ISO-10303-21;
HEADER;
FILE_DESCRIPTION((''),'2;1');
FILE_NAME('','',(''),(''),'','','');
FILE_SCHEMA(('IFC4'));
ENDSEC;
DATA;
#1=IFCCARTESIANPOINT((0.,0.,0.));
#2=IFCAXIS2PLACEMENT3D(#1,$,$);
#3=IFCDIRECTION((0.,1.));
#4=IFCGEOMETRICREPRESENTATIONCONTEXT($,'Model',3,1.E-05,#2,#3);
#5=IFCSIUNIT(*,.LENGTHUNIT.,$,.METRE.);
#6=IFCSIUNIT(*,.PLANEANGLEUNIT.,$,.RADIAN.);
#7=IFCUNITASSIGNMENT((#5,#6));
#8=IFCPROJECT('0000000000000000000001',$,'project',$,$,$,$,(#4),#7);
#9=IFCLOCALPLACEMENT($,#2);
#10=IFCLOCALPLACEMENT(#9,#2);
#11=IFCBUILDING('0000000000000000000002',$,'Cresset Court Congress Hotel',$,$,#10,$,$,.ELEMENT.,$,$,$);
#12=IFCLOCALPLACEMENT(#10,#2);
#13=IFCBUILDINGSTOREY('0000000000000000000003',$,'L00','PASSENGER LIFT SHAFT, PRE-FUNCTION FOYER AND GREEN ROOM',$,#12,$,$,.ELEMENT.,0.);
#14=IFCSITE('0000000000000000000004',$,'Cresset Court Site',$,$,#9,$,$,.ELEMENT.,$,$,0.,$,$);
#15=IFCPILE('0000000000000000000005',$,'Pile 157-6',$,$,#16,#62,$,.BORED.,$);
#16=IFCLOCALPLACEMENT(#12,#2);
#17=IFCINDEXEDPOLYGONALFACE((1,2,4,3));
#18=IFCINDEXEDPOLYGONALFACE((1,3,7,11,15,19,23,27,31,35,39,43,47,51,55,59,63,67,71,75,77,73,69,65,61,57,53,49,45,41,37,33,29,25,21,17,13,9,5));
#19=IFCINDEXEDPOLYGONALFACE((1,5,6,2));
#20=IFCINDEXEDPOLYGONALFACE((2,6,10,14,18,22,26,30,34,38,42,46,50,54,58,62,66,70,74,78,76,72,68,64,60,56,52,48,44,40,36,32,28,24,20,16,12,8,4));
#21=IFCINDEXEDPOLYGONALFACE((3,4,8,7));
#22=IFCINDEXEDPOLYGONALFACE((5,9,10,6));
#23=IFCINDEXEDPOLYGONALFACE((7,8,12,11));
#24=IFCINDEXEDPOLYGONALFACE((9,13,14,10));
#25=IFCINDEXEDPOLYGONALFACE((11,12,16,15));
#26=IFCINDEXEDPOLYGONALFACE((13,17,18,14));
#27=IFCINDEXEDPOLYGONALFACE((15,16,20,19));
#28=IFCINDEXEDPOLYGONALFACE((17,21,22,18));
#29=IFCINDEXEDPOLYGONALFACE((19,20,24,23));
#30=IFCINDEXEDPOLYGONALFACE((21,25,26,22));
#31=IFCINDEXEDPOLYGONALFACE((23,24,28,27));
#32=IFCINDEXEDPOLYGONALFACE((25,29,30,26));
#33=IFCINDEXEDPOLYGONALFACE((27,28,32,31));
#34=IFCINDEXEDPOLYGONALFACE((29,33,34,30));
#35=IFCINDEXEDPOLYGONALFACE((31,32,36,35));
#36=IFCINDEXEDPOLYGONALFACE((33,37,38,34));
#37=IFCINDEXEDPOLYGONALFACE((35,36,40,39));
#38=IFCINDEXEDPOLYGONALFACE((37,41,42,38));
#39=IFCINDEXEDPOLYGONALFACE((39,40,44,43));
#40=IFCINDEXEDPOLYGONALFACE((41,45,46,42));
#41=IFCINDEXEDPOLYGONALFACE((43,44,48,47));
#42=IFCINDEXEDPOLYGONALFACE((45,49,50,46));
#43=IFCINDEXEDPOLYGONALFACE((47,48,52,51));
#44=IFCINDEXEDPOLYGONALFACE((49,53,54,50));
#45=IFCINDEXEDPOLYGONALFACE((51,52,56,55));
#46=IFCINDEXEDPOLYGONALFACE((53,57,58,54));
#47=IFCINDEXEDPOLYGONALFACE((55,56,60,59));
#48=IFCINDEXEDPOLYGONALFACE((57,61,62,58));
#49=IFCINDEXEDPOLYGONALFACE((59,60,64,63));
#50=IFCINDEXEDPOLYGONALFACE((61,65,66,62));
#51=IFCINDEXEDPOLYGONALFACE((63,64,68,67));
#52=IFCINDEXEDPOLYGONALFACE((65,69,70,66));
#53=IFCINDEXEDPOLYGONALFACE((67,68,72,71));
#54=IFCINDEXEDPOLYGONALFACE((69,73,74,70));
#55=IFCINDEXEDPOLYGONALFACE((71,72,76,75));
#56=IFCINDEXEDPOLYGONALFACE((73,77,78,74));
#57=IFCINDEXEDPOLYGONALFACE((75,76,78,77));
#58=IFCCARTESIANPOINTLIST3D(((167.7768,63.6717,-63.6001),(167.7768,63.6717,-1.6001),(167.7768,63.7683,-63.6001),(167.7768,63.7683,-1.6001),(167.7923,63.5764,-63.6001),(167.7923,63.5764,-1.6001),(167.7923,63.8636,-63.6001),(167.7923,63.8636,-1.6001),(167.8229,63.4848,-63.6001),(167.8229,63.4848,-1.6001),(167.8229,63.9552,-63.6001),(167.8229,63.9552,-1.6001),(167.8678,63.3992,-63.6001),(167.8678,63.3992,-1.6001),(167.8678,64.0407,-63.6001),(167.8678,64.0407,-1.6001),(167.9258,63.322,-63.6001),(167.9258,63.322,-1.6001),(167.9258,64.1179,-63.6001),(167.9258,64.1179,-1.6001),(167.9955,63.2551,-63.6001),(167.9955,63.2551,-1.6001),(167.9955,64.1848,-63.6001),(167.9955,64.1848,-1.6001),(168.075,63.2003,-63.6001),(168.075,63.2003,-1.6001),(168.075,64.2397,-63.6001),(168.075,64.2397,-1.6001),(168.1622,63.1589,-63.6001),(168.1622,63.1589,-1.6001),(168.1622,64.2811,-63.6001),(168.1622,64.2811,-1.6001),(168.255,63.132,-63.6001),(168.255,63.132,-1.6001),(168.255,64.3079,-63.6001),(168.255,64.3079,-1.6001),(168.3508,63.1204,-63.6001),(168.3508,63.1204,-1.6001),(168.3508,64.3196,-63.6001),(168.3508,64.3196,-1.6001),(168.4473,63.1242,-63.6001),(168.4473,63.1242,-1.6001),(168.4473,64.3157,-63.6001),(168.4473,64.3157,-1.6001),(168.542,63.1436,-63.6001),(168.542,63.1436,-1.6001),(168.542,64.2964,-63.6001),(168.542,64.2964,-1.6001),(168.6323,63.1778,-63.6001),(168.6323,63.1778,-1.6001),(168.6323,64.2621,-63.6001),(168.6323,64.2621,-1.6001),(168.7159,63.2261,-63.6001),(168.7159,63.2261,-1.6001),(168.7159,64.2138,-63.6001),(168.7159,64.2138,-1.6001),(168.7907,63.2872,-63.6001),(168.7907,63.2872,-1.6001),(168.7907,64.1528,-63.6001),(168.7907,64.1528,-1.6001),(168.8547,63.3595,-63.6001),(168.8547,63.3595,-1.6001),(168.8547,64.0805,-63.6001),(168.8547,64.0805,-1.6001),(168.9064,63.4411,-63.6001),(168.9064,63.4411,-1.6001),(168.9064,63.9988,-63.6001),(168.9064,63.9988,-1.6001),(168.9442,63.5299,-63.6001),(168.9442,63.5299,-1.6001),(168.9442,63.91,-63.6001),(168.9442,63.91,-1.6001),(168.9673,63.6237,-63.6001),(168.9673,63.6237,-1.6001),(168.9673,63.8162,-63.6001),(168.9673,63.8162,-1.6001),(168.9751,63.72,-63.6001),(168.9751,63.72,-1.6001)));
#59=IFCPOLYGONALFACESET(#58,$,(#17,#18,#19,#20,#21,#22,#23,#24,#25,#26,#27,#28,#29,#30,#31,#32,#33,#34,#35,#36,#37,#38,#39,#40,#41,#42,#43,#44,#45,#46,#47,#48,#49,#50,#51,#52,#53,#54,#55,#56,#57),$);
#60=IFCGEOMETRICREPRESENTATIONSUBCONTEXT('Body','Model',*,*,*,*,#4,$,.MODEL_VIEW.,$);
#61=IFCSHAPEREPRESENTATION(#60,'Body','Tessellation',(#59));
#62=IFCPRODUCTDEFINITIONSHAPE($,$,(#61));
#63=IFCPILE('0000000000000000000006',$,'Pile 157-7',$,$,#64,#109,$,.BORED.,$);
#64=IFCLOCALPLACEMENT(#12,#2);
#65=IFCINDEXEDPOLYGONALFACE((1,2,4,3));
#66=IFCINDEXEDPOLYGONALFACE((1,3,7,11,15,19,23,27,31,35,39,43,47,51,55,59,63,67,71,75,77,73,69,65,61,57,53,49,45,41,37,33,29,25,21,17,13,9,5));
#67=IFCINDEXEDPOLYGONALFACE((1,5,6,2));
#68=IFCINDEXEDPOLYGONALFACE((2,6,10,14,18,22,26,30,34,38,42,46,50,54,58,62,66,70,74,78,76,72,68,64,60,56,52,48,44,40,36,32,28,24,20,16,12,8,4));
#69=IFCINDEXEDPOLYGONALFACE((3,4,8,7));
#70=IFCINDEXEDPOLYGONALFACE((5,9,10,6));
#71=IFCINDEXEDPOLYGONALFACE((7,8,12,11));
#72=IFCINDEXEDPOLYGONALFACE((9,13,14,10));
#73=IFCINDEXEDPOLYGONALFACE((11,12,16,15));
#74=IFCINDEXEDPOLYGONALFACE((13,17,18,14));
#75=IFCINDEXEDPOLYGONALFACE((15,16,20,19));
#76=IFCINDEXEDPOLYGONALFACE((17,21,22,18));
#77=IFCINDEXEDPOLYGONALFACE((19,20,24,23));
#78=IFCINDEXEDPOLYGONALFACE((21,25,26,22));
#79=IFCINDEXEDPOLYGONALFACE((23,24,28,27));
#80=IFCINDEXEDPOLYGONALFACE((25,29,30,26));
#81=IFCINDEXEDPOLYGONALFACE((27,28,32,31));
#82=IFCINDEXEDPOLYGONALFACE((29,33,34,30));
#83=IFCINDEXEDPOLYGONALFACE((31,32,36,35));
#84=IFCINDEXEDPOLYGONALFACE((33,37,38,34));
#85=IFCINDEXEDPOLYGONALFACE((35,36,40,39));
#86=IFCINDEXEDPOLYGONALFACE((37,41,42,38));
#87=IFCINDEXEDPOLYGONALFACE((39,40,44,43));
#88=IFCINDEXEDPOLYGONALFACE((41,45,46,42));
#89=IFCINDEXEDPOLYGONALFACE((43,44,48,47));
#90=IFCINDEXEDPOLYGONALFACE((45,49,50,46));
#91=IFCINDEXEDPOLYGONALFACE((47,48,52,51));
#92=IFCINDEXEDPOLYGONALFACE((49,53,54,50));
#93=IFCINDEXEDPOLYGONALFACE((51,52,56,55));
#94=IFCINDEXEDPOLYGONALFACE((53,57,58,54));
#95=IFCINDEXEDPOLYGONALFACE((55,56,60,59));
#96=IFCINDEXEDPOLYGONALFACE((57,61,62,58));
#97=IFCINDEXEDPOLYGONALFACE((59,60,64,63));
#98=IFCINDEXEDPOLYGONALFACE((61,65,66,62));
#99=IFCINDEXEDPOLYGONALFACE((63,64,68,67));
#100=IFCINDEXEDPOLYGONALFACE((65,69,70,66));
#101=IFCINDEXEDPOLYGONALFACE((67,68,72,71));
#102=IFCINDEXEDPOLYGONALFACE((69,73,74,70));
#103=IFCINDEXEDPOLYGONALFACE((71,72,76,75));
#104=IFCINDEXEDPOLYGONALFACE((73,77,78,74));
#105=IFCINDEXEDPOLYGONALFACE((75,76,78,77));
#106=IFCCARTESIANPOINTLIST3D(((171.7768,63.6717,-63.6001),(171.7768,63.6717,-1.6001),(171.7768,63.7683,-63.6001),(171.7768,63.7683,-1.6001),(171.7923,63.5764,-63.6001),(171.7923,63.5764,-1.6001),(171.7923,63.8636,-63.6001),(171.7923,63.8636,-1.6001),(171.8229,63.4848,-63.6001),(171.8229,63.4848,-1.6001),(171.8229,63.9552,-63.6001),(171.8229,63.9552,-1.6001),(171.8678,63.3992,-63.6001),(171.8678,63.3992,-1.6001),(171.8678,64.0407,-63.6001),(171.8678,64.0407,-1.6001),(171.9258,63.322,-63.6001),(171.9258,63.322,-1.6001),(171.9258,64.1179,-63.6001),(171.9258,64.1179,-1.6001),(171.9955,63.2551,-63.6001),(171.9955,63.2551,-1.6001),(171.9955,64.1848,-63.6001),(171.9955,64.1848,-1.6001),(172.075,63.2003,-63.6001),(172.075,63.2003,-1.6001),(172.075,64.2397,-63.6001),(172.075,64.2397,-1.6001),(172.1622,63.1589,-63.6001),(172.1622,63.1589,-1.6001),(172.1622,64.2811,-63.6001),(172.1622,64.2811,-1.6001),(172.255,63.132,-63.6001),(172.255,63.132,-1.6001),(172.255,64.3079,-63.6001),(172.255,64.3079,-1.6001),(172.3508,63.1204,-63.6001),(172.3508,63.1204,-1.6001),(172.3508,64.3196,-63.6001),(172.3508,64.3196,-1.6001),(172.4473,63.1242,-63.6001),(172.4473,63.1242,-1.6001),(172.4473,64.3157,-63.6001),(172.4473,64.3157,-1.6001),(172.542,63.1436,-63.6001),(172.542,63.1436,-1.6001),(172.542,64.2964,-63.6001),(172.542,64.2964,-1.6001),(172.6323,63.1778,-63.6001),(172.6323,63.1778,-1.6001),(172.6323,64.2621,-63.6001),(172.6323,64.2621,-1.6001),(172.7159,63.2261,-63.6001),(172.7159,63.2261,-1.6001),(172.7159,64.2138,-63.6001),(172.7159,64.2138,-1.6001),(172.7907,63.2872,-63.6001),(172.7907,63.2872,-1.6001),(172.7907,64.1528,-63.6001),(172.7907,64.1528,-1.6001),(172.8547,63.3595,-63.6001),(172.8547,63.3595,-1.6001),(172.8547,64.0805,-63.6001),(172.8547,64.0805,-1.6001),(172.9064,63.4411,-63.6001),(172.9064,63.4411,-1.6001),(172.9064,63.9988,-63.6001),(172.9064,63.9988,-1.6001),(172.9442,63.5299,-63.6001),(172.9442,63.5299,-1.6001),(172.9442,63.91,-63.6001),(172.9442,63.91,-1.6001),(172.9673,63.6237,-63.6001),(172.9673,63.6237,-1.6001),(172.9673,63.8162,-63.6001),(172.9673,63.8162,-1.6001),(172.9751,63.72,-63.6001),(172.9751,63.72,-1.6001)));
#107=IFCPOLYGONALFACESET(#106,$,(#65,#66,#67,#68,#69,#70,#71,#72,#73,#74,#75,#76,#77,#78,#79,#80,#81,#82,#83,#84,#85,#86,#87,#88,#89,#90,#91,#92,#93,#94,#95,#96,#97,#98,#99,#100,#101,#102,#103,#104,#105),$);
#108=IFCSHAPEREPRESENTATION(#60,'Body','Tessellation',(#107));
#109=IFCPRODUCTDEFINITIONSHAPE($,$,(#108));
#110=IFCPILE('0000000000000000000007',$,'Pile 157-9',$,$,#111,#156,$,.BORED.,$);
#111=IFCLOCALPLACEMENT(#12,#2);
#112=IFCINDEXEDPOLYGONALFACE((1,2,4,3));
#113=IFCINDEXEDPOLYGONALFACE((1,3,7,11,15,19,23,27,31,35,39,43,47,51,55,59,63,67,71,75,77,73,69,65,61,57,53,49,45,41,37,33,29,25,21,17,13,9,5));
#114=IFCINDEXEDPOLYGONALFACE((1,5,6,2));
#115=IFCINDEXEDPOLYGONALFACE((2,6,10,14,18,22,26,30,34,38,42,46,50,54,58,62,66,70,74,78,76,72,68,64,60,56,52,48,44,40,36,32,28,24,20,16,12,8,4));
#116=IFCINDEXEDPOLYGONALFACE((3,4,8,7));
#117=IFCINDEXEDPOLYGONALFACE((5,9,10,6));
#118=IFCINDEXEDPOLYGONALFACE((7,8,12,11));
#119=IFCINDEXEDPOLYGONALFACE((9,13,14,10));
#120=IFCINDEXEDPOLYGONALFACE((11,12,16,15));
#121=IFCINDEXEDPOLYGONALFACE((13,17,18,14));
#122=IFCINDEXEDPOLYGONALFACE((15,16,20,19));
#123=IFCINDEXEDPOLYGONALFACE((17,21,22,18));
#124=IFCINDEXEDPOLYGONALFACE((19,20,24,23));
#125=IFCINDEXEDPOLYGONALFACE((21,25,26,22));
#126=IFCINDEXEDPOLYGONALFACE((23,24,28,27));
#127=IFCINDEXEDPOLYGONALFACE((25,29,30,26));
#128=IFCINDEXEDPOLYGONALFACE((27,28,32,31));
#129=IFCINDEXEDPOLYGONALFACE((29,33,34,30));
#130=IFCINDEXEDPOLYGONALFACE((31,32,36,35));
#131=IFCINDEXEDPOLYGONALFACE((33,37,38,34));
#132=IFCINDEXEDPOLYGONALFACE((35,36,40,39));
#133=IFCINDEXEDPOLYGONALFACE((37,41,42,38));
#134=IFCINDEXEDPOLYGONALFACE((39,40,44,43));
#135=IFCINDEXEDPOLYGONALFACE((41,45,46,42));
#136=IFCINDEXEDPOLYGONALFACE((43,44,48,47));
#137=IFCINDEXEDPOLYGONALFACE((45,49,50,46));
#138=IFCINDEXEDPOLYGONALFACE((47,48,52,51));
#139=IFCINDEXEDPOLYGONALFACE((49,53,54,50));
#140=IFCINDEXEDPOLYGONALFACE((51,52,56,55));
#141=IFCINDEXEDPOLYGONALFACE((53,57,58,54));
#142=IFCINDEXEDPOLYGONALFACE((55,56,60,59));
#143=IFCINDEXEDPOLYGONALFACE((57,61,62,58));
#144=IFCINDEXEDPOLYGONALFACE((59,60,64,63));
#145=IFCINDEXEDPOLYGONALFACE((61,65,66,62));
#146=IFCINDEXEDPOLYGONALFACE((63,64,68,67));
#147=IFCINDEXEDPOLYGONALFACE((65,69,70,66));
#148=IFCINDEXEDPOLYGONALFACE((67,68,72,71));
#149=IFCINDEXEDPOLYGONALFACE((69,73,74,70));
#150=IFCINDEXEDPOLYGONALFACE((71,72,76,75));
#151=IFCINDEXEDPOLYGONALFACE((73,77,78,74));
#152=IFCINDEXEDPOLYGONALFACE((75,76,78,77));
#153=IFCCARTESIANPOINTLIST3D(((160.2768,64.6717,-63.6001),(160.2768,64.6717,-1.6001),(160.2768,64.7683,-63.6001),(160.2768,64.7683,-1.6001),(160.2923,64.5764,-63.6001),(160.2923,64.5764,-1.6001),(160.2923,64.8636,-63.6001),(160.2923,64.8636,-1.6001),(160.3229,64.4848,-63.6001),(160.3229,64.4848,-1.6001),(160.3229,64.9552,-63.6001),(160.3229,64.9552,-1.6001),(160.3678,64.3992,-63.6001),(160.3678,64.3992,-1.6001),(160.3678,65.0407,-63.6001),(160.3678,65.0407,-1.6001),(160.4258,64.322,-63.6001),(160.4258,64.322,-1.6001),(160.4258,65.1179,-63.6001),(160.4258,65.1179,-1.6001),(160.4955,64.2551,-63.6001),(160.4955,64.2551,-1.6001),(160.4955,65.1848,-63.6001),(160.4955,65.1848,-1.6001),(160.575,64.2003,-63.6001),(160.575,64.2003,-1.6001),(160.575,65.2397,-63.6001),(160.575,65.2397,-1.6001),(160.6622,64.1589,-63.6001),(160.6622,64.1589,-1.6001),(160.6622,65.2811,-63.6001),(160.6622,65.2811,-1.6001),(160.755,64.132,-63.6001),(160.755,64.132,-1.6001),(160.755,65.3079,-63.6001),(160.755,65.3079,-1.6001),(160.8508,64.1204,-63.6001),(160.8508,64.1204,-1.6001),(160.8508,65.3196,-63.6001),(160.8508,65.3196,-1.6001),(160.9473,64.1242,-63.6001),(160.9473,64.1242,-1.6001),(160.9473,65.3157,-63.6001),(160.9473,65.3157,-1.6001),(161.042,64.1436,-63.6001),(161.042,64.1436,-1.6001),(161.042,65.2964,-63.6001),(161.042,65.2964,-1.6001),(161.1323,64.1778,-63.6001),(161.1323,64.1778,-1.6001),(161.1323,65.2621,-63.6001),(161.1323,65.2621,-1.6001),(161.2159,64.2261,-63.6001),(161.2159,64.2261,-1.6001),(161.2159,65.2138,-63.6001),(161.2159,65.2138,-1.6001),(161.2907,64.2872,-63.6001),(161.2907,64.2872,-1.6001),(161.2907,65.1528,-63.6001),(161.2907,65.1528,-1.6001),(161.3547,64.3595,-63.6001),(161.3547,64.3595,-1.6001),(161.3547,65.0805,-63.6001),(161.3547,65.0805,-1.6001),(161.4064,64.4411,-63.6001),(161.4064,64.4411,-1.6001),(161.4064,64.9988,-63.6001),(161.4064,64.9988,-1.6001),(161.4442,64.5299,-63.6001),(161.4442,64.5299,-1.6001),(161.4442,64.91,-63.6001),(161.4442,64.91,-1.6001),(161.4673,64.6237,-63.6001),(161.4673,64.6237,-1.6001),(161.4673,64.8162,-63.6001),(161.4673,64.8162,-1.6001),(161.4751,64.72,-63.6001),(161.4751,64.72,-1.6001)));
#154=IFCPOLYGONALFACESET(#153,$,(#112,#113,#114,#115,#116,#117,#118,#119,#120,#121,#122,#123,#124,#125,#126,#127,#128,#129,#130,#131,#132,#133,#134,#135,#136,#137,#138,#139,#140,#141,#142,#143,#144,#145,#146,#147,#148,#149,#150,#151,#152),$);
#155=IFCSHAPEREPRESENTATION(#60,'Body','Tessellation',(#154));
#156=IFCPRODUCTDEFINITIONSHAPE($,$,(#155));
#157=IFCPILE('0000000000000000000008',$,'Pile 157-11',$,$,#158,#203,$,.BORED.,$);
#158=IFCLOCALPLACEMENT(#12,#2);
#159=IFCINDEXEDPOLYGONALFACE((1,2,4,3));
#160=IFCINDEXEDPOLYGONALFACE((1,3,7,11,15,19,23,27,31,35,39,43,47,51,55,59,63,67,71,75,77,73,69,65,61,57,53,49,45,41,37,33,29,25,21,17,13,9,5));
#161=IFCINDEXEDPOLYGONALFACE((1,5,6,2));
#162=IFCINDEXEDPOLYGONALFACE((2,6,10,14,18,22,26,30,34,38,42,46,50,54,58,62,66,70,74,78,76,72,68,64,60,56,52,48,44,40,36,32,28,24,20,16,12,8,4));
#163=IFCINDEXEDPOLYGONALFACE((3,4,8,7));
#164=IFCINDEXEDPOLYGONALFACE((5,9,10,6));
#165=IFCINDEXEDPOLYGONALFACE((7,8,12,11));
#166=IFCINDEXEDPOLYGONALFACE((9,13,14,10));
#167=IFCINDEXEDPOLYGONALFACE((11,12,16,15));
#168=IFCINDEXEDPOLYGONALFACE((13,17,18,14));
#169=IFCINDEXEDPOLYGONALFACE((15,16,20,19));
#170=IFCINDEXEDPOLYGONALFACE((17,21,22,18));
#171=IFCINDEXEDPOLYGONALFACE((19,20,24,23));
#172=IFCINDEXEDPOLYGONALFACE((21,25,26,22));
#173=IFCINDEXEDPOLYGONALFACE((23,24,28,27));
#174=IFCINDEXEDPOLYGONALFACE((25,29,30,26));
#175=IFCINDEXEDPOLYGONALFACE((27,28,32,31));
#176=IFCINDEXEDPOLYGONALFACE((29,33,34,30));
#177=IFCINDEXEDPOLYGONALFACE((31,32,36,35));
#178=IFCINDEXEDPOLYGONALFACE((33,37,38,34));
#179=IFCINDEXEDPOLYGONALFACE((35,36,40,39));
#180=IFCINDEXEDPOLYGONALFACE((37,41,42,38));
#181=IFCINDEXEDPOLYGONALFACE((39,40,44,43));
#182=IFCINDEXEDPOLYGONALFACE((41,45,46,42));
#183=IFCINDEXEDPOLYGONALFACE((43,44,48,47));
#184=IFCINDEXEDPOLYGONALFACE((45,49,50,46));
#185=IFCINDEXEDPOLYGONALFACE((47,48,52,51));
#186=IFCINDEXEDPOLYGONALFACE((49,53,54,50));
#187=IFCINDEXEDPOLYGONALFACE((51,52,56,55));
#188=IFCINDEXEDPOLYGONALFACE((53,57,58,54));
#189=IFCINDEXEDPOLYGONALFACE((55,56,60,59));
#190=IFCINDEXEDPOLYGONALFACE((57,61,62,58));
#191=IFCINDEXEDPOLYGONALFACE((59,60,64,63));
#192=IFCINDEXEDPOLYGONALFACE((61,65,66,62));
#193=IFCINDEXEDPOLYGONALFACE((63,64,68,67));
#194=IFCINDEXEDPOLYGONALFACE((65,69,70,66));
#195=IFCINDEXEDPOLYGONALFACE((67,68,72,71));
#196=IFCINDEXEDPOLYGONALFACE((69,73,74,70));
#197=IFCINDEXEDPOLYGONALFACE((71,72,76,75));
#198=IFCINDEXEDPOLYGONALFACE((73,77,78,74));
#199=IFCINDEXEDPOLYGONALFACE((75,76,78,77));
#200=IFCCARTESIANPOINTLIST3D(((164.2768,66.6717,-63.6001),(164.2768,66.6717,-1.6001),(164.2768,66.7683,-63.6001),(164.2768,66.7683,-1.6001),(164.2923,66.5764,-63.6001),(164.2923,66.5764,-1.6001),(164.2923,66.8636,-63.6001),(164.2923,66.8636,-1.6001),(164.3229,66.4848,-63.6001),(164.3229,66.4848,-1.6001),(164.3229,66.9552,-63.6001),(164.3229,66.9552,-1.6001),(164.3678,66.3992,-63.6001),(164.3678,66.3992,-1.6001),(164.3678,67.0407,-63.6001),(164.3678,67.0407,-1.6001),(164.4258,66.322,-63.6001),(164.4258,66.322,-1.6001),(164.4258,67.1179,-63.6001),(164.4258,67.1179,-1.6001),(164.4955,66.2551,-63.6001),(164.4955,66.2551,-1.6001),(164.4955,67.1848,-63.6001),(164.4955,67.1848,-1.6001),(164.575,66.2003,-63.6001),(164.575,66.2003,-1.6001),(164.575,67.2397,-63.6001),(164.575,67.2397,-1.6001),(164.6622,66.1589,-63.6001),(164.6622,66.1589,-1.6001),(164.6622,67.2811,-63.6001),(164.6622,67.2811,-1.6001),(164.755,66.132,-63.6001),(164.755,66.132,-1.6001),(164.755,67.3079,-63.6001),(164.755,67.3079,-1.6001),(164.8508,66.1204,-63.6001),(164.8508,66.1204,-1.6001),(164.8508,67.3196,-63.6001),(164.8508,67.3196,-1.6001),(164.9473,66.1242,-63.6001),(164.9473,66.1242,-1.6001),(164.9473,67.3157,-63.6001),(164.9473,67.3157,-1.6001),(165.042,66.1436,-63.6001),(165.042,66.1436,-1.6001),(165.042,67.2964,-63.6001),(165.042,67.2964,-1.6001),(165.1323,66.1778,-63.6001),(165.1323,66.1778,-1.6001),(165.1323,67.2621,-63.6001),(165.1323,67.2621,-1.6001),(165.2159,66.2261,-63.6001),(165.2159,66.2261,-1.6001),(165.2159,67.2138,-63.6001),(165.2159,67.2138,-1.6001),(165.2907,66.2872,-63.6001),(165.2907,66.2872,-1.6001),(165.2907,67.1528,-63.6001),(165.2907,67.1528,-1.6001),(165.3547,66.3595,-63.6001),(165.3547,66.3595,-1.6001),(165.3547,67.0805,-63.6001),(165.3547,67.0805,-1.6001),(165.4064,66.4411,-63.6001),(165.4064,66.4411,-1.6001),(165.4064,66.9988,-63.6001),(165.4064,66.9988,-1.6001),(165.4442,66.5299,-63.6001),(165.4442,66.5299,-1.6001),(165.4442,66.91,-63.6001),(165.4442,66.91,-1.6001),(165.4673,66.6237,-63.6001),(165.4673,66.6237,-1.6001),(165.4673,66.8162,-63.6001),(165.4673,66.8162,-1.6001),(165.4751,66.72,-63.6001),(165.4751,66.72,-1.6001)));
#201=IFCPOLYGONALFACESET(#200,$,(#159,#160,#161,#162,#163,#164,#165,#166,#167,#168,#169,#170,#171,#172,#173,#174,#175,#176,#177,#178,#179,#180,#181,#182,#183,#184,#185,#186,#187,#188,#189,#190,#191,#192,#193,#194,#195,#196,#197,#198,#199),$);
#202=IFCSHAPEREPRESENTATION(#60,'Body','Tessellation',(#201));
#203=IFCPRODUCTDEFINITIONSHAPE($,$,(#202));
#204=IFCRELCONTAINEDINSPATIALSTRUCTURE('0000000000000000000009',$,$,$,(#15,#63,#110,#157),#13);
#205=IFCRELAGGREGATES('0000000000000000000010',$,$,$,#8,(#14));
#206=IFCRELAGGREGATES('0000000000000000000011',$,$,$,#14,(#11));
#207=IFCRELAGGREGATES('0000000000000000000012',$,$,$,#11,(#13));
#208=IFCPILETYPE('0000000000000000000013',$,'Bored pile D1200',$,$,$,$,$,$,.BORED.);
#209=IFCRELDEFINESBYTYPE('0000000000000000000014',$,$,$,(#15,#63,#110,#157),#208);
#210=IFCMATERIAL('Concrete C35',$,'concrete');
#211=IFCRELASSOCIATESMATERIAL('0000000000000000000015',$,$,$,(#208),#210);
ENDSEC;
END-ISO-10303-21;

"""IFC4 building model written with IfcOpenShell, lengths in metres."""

from ifc_helpers import new_model, si_unit, direction, frame, origin, origin_2d, place, context, subcontext, project, spatial, circle, extrude, material, type_object, element, save


model = new_model("IFC4")

# Units and contexts
model_context = context("Model", 3, precision=1e-05, world=origin(), true_north=direction((0.0, 1.0)))
body_context = subcontext(model_context, "Body", "Model", "MODEL_VIEW")
ifc_project = project(units=[si_unit("LENGTHUNIT", "METRE"), si_unit("PLANEANGLEUNIT", "RADIAN")], contexts=[model_context])

# Site, building, storey
site_placement = place(None, origin())
site = spatial("IfcSite", under=ifc_project, at=site_placement, Name="Cresset Court Site", CompositionType="ELEMENT", RefElevation=0.0)
building_placement = place(site_placement, origin())
building = spatial("IfcBuilding", under=site, at=building_placement, Name="Cresset Court Congress Hotel", CompositionType="ELEMENT")
storey_placement = place(building_placement, origin())
storey = spatial("IfcBuildingStorey", under=building, at=storey_placement, Name="L00", Description="PASSENGER LIFT SHAFT, PRE-FUNCTION FOYER AND GREEN ROOM", CompositionType="ELEMENT", Elevation=0.0)

# Piles
ifc_material_1 = material(Name="Concrete C35", Category="concrete")
pile_type = type_object("IfcPileType", Name="Bored pile D1200", PredefinedType="BORED", material=ifc_material_1)
for number, where, z_axis, x_axis, name in (
    (1, (168.375, 63.72, -1.6001), (0.0, 0.0, -1.0), (1.0, 0.0, 0.0), "Pile 157-6"),
    (2, (172.375, 63.72, -1.6001), (0.0, 0.0, -1.0), (1.0, 0.0, 0.0), "Pile 157-7"),
    (3, (160.875, 64.72, -1.6001), (0.0, 0.0, -1.0), (1.0, 0.0, 0.0), "Pile 157-9"),
    (4, (164.875, 66.72, -1.6001), (0.0, 0.0, -1.0), (1.0, 0.0, 0.0), "Pile 157-11"),
):
    element("IfcPile", number, at=place(storey_placement, frame(where, z_axis=z_axis, x_axis=x_axis)), inside=storey, type_object=pile_type, Name=name, PredefinedType="BORED", context=body_context, shape_type="SweptSolid", body=[
        extrude(circle(Radius=0.6001, at=origin_2d()), origin(), (0.0, 0.0, 1.0), 62.0),
    ])

save(model, "model.ifc")
